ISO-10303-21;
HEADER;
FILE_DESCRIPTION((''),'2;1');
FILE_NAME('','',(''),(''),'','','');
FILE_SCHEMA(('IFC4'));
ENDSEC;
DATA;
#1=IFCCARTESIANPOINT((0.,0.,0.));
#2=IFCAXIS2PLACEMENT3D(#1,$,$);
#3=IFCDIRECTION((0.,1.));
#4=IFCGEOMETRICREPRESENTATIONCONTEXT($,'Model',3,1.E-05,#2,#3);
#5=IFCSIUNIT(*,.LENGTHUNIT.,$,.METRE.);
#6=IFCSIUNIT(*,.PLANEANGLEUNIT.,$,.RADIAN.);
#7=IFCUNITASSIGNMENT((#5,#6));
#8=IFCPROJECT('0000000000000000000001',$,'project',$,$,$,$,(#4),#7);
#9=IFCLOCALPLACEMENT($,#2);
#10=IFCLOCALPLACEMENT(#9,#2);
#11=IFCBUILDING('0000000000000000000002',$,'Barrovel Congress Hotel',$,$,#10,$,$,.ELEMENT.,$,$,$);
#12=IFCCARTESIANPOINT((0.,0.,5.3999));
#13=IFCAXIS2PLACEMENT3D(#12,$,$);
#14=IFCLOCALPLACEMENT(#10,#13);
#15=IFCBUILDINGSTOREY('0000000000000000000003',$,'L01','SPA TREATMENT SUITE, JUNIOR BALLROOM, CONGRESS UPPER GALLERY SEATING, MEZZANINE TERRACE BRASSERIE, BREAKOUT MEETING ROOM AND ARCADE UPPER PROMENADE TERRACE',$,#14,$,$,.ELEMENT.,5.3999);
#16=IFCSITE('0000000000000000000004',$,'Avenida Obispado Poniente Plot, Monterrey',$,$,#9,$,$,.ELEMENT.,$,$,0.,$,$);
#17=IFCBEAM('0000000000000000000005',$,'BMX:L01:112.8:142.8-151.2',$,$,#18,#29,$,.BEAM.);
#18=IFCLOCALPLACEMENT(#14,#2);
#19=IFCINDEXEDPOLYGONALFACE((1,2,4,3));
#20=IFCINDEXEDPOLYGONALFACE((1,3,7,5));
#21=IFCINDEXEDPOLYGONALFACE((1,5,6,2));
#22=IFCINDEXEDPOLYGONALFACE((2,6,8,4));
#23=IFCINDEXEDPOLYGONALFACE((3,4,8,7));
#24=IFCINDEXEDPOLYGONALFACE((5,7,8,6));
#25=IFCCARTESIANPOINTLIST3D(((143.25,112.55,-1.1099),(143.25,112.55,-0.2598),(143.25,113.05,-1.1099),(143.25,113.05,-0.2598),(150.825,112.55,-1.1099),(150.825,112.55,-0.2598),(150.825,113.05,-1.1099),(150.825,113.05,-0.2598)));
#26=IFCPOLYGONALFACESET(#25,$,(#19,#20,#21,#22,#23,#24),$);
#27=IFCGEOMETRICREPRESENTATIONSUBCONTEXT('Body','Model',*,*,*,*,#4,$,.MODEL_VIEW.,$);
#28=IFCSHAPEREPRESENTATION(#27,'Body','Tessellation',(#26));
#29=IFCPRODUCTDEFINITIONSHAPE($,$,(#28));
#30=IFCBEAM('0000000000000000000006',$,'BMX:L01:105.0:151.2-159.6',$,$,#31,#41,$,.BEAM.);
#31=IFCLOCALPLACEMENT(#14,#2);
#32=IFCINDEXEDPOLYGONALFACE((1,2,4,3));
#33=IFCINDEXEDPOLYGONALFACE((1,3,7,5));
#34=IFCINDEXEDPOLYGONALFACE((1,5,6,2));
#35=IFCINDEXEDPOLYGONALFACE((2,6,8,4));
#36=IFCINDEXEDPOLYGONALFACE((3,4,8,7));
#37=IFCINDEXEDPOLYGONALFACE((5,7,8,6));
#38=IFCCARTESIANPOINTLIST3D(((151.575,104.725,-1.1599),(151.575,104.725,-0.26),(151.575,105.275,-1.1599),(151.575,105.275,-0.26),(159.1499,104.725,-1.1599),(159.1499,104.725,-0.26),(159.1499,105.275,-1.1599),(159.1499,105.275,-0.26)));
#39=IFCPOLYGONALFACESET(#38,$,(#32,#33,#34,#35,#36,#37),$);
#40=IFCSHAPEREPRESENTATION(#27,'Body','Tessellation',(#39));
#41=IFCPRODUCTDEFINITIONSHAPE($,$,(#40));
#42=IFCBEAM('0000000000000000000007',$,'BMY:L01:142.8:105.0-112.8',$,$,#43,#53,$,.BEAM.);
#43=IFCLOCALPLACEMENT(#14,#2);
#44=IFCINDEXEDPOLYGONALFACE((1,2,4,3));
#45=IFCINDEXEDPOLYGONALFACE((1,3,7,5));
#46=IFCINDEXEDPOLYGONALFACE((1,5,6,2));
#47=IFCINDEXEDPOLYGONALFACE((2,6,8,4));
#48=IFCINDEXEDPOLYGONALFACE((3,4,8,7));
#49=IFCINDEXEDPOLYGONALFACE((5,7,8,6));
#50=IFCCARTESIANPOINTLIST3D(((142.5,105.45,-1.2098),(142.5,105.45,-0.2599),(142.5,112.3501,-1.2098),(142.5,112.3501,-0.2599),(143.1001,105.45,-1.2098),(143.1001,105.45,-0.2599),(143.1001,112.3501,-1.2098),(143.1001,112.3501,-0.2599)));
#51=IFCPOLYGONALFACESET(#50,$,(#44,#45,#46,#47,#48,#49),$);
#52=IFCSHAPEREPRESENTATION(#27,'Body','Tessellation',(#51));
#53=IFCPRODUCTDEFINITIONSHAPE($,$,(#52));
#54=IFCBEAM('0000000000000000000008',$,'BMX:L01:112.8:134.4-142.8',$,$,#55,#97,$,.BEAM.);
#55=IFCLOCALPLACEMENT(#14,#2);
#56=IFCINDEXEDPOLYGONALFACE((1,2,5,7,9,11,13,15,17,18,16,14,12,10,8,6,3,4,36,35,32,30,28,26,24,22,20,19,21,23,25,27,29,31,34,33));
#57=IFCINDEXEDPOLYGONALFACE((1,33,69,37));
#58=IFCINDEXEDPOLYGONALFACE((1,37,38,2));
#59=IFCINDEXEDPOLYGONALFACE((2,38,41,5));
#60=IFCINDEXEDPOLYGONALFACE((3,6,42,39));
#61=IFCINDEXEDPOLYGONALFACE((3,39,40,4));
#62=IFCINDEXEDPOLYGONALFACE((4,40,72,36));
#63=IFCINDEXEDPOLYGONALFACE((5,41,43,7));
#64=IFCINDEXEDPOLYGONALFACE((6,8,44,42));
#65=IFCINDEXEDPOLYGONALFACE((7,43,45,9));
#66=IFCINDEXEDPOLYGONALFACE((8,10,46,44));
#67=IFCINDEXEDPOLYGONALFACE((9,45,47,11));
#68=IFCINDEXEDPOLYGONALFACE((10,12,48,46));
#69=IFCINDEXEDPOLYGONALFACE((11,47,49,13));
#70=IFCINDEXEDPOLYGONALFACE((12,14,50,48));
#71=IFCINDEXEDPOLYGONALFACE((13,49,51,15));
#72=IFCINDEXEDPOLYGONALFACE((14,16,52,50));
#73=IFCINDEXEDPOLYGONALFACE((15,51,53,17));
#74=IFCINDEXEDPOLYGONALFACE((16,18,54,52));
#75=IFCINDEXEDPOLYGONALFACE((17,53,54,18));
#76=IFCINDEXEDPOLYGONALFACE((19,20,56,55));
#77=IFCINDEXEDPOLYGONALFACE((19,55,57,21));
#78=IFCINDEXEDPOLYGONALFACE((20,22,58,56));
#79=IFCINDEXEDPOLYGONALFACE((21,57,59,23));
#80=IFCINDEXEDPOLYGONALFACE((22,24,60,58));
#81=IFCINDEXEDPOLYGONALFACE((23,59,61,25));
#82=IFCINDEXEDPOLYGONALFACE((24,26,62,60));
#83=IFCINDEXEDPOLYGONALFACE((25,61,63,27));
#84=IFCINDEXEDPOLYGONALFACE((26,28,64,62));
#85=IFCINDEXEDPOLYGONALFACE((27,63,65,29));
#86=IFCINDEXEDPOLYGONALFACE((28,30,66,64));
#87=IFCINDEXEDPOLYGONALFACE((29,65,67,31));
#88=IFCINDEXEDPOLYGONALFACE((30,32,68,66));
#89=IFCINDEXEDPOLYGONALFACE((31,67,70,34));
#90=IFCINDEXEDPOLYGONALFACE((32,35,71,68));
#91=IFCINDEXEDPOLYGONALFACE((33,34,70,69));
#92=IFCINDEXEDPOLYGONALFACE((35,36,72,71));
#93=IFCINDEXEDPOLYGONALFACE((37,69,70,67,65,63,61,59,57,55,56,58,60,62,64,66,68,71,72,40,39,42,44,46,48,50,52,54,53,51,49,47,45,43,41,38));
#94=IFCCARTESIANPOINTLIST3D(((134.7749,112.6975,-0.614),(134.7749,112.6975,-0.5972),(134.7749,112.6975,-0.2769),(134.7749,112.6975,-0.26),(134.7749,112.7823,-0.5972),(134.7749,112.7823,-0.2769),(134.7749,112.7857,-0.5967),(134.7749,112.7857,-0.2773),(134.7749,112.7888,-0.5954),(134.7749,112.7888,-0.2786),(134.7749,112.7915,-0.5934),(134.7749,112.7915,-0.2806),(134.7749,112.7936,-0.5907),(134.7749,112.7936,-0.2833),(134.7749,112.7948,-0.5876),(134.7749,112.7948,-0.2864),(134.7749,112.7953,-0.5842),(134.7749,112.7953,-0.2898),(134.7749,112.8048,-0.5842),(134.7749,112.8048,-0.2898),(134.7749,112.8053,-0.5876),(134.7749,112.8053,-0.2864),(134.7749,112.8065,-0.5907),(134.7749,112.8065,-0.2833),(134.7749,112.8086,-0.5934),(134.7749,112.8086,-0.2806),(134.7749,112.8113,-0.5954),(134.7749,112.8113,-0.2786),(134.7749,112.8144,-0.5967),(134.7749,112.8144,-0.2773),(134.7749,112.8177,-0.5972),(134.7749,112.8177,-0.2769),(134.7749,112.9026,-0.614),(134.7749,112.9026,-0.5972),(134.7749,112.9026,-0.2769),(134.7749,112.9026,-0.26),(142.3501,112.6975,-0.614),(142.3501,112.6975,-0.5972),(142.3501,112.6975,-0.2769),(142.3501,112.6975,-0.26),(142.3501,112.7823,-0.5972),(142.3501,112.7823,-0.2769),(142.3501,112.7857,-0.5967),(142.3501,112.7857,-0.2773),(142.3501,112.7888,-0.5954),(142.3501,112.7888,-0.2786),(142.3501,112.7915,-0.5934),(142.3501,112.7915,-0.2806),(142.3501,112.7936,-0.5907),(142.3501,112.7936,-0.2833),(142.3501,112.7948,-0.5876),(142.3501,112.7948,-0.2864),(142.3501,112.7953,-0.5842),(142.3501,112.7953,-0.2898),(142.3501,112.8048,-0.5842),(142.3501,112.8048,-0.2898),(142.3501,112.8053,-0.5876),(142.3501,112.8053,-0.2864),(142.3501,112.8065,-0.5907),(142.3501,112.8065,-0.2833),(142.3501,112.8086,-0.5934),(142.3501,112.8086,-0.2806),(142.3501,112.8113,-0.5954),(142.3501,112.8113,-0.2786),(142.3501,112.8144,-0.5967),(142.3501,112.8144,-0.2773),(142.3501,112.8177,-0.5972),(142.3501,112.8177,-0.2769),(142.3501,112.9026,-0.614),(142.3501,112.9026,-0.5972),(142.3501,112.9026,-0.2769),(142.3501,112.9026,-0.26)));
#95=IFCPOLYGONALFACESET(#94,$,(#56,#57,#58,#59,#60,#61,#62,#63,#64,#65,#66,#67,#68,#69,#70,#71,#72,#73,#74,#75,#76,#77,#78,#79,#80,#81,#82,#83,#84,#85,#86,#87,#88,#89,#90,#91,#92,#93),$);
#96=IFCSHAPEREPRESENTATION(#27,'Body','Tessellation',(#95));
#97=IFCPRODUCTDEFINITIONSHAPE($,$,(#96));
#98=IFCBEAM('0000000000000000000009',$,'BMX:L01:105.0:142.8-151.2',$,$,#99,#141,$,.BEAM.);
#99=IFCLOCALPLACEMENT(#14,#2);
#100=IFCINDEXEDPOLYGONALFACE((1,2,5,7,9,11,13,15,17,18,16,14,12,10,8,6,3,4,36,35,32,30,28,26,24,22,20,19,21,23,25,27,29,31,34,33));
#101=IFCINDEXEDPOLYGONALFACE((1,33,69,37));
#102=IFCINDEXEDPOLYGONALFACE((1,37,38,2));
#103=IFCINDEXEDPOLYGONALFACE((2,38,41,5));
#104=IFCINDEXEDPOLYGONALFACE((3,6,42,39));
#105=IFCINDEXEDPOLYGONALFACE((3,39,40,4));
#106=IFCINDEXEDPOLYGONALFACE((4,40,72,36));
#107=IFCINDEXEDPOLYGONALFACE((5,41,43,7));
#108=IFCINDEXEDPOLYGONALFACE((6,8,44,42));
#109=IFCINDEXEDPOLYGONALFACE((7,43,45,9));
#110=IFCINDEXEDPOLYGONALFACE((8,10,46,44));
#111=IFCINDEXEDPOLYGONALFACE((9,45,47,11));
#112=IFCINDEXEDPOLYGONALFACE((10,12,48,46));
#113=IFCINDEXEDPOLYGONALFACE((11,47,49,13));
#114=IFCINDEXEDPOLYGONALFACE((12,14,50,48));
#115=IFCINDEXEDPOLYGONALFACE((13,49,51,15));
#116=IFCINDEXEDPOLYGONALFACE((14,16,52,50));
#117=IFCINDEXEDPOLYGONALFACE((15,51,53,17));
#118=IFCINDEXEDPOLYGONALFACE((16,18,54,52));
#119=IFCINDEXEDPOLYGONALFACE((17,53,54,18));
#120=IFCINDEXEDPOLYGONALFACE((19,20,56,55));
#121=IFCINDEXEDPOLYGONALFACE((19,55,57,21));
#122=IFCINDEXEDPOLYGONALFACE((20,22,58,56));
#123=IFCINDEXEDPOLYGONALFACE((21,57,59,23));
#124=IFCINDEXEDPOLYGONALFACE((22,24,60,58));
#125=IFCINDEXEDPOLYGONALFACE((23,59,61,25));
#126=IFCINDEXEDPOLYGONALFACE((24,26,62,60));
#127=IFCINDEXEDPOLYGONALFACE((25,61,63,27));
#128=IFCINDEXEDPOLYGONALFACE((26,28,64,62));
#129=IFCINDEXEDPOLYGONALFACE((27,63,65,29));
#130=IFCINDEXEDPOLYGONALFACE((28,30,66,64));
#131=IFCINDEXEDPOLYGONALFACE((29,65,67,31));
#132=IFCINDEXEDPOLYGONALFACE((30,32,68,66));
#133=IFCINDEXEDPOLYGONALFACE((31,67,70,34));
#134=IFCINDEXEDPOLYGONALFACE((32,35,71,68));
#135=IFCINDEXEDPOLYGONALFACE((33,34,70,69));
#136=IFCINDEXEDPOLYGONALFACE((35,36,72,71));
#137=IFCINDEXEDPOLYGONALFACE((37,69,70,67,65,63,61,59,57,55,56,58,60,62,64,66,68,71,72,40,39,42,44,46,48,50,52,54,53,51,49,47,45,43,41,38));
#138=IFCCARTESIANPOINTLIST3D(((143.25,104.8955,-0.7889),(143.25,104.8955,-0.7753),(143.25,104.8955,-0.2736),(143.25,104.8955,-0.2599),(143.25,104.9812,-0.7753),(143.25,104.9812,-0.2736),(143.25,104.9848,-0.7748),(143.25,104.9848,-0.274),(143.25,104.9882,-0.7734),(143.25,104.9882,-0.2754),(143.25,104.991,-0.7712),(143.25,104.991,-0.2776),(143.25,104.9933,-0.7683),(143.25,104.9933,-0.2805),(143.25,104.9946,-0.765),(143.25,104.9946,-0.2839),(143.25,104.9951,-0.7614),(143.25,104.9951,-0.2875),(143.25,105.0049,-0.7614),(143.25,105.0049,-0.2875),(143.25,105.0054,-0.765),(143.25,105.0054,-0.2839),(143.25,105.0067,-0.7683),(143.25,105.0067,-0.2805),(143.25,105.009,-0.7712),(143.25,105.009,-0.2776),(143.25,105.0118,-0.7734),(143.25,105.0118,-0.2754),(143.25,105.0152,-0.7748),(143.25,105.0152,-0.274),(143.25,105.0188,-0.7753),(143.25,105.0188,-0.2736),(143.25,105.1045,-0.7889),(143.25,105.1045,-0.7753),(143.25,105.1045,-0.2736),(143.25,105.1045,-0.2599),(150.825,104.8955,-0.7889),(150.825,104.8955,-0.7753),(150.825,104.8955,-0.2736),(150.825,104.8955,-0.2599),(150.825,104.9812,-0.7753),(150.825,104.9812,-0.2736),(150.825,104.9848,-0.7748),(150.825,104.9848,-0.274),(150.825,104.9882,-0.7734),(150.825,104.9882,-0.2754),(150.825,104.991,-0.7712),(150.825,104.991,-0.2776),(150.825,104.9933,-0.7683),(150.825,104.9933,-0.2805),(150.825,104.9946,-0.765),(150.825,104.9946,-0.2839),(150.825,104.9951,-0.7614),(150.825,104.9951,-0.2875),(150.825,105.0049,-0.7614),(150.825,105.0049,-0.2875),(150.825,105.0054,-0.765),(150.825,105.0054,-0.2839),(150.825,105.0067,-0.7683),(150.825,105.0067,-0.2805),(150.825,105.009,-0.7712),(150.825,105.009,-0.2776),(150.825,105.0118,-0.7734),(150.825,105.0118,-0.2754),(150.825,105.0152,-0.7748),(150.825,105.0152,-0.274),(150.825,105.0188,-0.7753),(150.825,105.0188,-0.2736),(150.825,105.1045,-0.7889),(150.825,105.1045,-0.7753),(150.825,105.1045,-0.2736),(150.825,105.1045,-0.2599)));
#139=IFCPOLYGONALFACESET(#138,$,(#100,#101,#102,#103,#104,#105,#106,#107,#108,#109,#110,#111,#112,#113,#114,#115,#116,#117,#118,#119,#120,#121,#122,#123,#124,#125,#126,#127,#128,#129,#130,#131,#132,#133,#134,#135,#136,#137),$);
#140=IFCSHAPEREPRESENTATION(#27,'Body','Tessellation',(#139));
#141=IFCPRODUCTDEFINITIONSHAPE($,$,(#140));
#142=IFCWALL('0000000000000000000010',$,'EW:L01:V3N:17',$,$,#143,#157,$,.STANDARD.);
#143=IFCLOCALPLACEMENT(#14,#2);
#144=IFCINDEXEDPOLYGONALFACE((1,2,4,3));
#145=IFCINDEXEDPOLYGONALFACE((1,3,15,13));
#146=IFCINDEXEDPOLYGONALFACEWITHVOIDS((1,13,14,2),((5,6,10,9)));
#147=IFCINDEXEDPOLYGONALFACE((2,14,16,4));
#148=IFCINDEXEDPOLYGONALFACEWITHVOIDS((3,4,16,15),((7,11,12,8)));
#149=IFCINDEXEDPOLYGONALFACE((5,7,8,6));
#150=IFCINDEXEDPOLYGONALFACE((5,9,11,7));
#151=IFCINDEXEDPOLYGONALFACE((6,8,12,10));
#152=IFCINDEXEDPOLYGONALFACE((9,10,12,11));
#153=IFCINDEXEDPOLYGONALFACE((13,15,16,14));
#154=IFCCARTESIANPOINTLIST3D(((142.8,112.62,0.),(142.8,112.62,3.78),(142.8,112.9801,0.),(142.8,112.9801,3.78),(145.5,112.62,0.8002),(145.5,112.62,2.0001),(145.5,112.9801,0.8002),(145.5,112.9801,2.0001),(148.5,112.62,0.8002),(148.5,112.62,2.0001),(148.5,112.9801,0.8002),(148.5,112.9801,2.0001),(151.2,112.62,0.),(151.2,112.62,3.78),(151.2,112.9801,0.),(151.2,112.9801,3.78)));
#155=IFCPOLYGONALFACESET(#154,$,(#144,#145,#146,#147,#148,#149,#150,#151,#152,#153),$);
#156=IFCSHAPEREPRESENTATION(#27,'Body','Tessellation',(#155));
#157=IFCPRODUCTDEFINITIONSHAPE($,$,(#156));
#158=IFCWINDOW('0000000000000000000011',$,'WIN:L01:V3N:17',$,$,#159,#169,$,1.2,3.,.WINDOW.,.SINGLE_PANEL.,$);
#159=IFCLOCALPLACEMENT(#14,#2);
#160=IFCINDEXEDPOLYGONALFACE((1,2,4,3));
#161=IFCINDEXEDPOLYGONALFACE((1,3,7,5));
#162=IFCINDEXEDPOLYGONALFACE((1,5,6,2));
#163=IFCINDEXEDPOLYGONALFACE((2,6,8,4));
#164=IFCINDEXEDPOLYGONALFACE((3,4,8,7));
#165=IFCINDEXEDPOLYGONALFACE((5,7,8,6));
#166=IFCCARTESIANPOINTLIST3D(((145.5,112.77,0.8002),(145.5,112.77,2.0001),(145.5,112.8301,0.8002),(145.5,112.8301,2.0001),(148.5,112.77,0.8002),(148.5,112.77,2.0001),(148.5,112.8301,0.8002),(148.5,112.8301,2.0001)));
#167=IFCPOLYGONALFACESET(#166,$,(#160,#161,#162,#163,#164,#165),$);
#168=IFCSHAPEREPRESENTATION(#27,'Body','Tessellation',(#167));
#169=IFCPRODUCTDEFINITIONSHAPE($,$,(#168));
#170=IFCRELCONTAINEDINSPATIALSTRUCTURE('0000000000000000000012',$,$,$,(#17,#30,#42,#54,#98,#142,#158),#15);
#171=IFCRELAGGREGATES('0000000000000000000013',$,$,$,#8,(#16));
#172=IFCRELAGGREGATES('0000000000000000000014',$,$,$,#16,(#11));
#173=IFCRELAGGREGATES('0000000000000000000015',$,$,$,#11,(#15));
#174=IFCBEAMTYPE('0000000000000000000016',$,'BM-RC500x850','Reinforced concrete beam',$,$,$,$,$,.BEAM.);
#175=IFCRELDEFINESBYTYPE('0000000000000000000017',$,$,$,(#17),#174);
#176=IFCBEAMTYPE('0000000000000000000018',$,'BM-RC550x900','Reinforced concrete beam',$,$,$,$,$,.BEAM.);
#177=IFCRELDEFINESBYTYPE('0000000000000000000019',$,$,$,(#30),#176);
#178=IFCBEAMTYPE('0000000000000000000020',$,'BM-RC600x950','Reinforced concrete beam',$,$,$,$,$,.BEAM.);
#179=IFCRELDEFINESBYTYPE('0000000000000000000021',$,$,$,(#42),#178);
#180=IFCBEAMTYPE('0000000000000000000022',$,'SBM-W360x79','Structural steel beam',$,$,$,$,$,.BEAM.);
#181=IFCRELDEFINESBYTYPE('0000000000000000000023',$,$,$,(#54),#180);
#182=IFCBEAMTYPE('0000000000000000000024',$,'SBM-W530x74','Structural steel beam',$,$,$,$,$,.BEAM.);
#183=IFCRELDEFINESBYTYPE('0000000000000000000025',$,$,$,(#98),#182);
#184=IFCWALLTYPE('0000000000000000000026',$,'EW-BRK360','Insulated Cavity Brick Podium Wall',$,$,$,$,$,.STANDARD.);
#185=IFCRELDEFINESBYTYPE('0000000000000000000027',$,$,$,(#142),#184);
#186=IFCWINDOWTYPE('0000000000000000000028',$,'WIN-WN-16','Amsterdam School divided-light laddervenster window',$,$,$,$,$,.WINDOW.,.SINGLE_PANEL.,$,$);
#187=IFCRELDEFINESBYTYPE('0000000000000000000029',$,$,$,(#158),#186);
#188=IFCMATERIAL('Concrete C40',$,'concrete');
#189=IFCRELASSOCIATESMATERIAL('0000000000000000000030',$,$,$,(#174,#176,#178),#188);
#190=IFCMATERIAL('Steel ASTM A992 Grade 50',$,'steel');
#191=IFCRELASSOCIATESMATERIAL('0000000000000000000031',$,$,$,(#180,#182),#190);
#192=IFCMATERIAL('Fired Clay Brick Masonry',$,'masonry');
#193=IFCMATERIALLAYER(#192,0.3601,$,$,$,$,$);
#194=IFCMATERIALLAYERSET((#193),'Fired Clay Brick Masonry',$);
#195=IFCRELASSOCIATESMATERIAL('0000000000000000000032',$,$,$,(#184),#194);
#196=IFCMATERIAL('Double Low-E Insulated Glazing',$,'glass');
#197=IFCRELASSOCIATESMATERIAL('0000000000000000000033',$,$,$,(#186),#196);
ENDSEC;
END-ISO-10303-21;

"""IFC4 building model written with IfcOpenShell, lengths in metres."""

from ifc_helpers import new_model, si_unit, direction, frame, frame_2d, origin, origin_2d, place, context, subcontext, project, spatial, rectangle, i_section, extrude, material, layer, layer_set, material_profile, profile_set, type_object, element, fill, save


model = new_model("IFC4")

# Units and contexts
model_context = context("Model", 3, precision=1e-05, world=origin(), true_north=direction((0.0, 1.0)))
body_context = subcontext(model_context, "Body", "Model", "MODEL_VIEW")
ifc_project = project(units=[si_unit("LENGTHUNIT", "METRE"), si_unit("PLANEANGLEUNIT", "RADIAN")], contexts=[model_context])

# Site, building, storey
site_placement = place(None, origin())
site = spatial("IfcSite", under=ifc_project, at=site_placement, Name="Avenida Obispado Poniente Plot, Monterrey", CompositionType="ELEMENT", RefElevation=0.0)
building_placement = place(site_placement, origin())
building = spatial("IfcBuilding", under=site, at=building_placement, Name="Barrovel Congress Hotel", CompositionType="ELEMENT")
storey_placement = place(building_placement, frame((0.0, 0.0, 5.3999)))
storey = spatial("IfcBuildingStorey", under=building, at=storey_placement, Name="L01", Description="SPA TREATMENT SUITE, JUNIOR BALLROOM, CONGRESS UPPER GALLERY SEATING, MEZZANINE TERRACE BRASSERIE, BREAKOUT MEETING ROOM AND ARCADE UPPER PROMENADE TERRACE", CompositionType="ELEMENT", Elevation=5.3999)

# Shared definitions
ifc_material_1 = material(Name="Concrete C40", Category="concrete")

# Beams
ifc_material_profile_1 = material_profile(ifc_material_1, rectangle(XDim=0.5, YDim=0.8501, at=origin_2d()), Name="RC500x850")
ifc_profile_set_1 = profile_set([ifc_material_profile_1], Name="Concrete C40")
beam_type_1 = type_object("IfcBeamType", Name="BM-RC500x850", Description="Reinforced concrete beam", PredefinedType="BEAM", material=ifc_profile_set_1)
beam_1_placement = place(storey_placement, frame((143.25, 112.8, -0.6848), z_axis=(1.0, 0.0, 0.0), x_axis=(0.0, 1.0, 0.0)))
element("IfcBeam", 1, at=beam_1_placement, inside=storey, type_object=beam_type_1, Name="BMX:L01:112.8:142.8-151.2", PredefinedType="BEAM", context=body_context, shape_type="SweptSolid", body=[
    extrude(rectangle(XDim=0.5, YDim=0.8501, at=origin_2d()), origin(), (0.0, 0.0, 1.0), 7.575),
])
ifc_material_profile_2 = material_profile(ifc_material_1, rectangle(XDim=0.55, YDim=0.8999, at=origin_2d()), Name="RC550x900")
ifc_profile_set_2 = profile_set([ifc_material_profile_2], Name="Concrete C40")
beam_type_2 = type_object("IfcBeamType", Name="BM-RC550x900", Description="Reinforced concrete beam", PredefinedType="BEAM", material=ifc_profile_set_2)
beam_2_placement = place(storey_placement, frame((151.575, 105.0, -0.71), z_axis=(1.0, 0.0, 0.0), x_axis=(0.0, 1.0, 0.0)))
element("IfcBeam", 2, at=beam_2_placement, inside=storey, type_object=beam_type_2, Name="BMX:L01:105.0:151.2-159.6", PredefinedType="BEAM", context=body_context, shape_type="SweptSolid", body=[
    extrude(rectangle(XDim=0.55, YDim=0.8999, at=origin_2d()), origin(), (0.0, 0.0, 1.0), 7.575),
])
ifc_material_profile_3 = material_profile(ifc_material_1, rectangle(XDim=0.6001, YDim=0.95, at=origin_2d()), Name="RC600x950")
ifc_profile_set_3 = profile_set([ifc_material_profile_3], Name="Concrete C40")
beam_type_3 = type_object("IfcBeamType", Name="BM-RC600x950", Description="Reinforced concrete beam", PredefinedType="BEAM", material=ifc_profile_set_3)
beam_3_placement = place(storey_placement, frame((142.8, 105.45, -0.7349), z_axis=(0.0, 1.0, 0.0), x_axis=(-1.0, 0.0, 0.0)))
element("IfcBeam", 3, at=beam_3_placement, inside=storey, type_object=beam_type_3, Name="BMY:L01:142.8:105.0-112.8", PredefinedType="BEAM", context=body_context, shape_type="SweptSolid", body=[
    extrude(rectangle(XDim=0.6001, YDim=0.95, at=origin_2d()), origin(), (0.0, 0.0, 1.0), 6.9001),
])
ifc_material_2 = material(Name="Steel ASTM A992 Grade 50", Category="steel")
ifc_material_profile_4 = material_profile(ifc_material_2, i_section(OverallWidth=0.2051, OverallDepth=0.354, WebThickness=0.0095, FlangeThickness=0.0168, FilletRadius=0.0129, at=origin_2d()), Name="W360x79")
ifc_profile_set_4 = profile_set([ifc_material_profile_4], Name="Steel ASTM A992 Grade 50")
beam_type_4 = type_object("IfcBeamType", Name="SBM-W360x79", Description="Structural steel beam", PredefinedType="BEAM", material=ifc_profile_set_4)
beam_4_placement = place(storey_placement, frame((134.7749, 112.8, -0.437), z_axis=(1.0, 0.0, 0.0), x_axis=(0.0, 1.0, 0.0)))
element("IfcBeam", 4, at=beam_4_placement, inside=storey, type_object=beam_type_4, Name="BMX:L01:112.8:134.4-142.8", PredefinedType="BEAM", context=body_context, shape_type="SweptSolid", body=[
    extrude(i_section(OverallWidth=0.2051, OverallDepth=0.354, WebThickness=0.0095, FlangeThickness=0.0168, FilletRadius=0.0129, at=origin_2d()), origin(), (0.0, 0.0, 1.0), 7.5752),
])
ifc_material_profile_5 = material_profile(ifc_material_2, i_section(OverallWidth=0.209, OverallDepth=0.5291, WebThickness=0.0098, FlangeThickness=0.0137, FilletRadius=0.0139, at=origin_2d()), Name="W530x74")
ifc_profile_set_5 = profile_set([ifc_material_profile_5], Name="Steel ASTM A992 Grade 50")
beam_type_5 = type_object("IfcBeamType", Name="SBM-W530x74", Description="Structural steel beam", PredefinedType="BEAM", material=ifc_profile_set_5)
beam_5_placement = place(storey_placement, frame((143.25, 105.0, -0.5244), z_axis=(1.0, 0.0, 0.0), x_axis=(0.0, 1.0, 0.0)))
element("IfcBeam", 5, at=beam_5_placement, inside=storey, type_object=beam_type_5, Name="BMX:L01:105.0:142.8-151.2", PredefinedType="BEAM", context=body_context, shape_type="SweptSolid", body=[
    extrude(i_section(OverallWidth=0.209, OverallDepth=0.5291, WebThickness=0.0098, FlangeThickness=0.0137, FilletRadius=0.0139, at=origin_2d()), origin(), (0.0, 0.0, 1.0), 7.575),
])

# Wall, opening, window
ifc_material_3 = material(Name="Fired Clay Brick Masonry", Category="masonry")
ifc_layer_1 = layer(ifc_material_3, 0.3601)
ifc_layer_set_1 = layer_set([ifc_layer_1], Name="Fired Clay Brick Masonry")
wall_type_1 = type_object("IfcWallType", Name="EW-BRK360", Description="Insulated Cavity Brick Podium Wall", PredefinedType="STANDARD", material=ifc_layer_set_1)
wall_1_placement = place(storey_placement, frame((151.2, 112.8, 0.0), z_axis=(0.0, 0.0, 1.0), x_axis=(-1.0, 0.0, 0.0)))
wall_1 = element("IfcWall", 6, at=wall_1_placement, inside=storey, type_object=wall_type_1, Name="EW:L01:V3N:17", PredefinedType="STANDARD", context=body_context, shape_type="SweptSolid", body=[
    extrude(rectangle(XDim=8.3999, YDim=0.3601, at=frame_2d((4.2, 0.0))), origin(), (0.0, 0.0, 1.0), 3.78),
])
opening_1_placement = place(wall_1_placement, frame((2.7, 0.0, 0.8)))
opening_1 = element("IfcOpeningElement", 7, at=opening_1_placement, cuts=wall_1, PredefinedType="OPENING", context=body_context, shape_type="SweptSolid", body=[
    extrude(rectangle(XDim=3.0, YDim=1.2, at=frame_2d((1.5, 0.6001))), frame((0.0, 0.1899, 0.0), z_axis=(0.0, -1.0, 0.0), x_axis=(1.0, 0.0, 0.0)), (0.0, 0.0, 1.0), 0.3801),
])
ifc_material_4 = material(Name="Double Low-E Insulated Glazing", Category="glass")
window_type_1 = type_object("IfcWindowType", Name="WIN-WN-16", Description="Amsterdam School divided-light laddervenster window", PartitioningType="SINGLE_PANEL", PredefinedType="WINDOW", material=ifc_material_4)
window_1_placement = place(opening_1_placement, origin())
window_1 = element("IfcWindow", 8, at=window_1_placement, inside=storey, type_object=window_type_1, Name="WIN:L01:V3N:17", OverallHeight=1.2, OverallWidth=3.0, PartitioningType="SINGLE_PANEL", PredefinedType="WINDOW", context=body_context, shape_type="SweptSolid", body=[
    extrude(rectangle(XDim=3.0, YDim=1.2, at=frame_2d((1.5, 0.6001))), frame((0.0, 0.03, 0.0), z_axis=(0.0, -1.0, 0.0), x_axis=(1.0, 0.0, 0.0)), (0.0, 0.0, 1.0), 0.0601),
])
fill(opening_1, window_1)

save(model, "model.ifc")
